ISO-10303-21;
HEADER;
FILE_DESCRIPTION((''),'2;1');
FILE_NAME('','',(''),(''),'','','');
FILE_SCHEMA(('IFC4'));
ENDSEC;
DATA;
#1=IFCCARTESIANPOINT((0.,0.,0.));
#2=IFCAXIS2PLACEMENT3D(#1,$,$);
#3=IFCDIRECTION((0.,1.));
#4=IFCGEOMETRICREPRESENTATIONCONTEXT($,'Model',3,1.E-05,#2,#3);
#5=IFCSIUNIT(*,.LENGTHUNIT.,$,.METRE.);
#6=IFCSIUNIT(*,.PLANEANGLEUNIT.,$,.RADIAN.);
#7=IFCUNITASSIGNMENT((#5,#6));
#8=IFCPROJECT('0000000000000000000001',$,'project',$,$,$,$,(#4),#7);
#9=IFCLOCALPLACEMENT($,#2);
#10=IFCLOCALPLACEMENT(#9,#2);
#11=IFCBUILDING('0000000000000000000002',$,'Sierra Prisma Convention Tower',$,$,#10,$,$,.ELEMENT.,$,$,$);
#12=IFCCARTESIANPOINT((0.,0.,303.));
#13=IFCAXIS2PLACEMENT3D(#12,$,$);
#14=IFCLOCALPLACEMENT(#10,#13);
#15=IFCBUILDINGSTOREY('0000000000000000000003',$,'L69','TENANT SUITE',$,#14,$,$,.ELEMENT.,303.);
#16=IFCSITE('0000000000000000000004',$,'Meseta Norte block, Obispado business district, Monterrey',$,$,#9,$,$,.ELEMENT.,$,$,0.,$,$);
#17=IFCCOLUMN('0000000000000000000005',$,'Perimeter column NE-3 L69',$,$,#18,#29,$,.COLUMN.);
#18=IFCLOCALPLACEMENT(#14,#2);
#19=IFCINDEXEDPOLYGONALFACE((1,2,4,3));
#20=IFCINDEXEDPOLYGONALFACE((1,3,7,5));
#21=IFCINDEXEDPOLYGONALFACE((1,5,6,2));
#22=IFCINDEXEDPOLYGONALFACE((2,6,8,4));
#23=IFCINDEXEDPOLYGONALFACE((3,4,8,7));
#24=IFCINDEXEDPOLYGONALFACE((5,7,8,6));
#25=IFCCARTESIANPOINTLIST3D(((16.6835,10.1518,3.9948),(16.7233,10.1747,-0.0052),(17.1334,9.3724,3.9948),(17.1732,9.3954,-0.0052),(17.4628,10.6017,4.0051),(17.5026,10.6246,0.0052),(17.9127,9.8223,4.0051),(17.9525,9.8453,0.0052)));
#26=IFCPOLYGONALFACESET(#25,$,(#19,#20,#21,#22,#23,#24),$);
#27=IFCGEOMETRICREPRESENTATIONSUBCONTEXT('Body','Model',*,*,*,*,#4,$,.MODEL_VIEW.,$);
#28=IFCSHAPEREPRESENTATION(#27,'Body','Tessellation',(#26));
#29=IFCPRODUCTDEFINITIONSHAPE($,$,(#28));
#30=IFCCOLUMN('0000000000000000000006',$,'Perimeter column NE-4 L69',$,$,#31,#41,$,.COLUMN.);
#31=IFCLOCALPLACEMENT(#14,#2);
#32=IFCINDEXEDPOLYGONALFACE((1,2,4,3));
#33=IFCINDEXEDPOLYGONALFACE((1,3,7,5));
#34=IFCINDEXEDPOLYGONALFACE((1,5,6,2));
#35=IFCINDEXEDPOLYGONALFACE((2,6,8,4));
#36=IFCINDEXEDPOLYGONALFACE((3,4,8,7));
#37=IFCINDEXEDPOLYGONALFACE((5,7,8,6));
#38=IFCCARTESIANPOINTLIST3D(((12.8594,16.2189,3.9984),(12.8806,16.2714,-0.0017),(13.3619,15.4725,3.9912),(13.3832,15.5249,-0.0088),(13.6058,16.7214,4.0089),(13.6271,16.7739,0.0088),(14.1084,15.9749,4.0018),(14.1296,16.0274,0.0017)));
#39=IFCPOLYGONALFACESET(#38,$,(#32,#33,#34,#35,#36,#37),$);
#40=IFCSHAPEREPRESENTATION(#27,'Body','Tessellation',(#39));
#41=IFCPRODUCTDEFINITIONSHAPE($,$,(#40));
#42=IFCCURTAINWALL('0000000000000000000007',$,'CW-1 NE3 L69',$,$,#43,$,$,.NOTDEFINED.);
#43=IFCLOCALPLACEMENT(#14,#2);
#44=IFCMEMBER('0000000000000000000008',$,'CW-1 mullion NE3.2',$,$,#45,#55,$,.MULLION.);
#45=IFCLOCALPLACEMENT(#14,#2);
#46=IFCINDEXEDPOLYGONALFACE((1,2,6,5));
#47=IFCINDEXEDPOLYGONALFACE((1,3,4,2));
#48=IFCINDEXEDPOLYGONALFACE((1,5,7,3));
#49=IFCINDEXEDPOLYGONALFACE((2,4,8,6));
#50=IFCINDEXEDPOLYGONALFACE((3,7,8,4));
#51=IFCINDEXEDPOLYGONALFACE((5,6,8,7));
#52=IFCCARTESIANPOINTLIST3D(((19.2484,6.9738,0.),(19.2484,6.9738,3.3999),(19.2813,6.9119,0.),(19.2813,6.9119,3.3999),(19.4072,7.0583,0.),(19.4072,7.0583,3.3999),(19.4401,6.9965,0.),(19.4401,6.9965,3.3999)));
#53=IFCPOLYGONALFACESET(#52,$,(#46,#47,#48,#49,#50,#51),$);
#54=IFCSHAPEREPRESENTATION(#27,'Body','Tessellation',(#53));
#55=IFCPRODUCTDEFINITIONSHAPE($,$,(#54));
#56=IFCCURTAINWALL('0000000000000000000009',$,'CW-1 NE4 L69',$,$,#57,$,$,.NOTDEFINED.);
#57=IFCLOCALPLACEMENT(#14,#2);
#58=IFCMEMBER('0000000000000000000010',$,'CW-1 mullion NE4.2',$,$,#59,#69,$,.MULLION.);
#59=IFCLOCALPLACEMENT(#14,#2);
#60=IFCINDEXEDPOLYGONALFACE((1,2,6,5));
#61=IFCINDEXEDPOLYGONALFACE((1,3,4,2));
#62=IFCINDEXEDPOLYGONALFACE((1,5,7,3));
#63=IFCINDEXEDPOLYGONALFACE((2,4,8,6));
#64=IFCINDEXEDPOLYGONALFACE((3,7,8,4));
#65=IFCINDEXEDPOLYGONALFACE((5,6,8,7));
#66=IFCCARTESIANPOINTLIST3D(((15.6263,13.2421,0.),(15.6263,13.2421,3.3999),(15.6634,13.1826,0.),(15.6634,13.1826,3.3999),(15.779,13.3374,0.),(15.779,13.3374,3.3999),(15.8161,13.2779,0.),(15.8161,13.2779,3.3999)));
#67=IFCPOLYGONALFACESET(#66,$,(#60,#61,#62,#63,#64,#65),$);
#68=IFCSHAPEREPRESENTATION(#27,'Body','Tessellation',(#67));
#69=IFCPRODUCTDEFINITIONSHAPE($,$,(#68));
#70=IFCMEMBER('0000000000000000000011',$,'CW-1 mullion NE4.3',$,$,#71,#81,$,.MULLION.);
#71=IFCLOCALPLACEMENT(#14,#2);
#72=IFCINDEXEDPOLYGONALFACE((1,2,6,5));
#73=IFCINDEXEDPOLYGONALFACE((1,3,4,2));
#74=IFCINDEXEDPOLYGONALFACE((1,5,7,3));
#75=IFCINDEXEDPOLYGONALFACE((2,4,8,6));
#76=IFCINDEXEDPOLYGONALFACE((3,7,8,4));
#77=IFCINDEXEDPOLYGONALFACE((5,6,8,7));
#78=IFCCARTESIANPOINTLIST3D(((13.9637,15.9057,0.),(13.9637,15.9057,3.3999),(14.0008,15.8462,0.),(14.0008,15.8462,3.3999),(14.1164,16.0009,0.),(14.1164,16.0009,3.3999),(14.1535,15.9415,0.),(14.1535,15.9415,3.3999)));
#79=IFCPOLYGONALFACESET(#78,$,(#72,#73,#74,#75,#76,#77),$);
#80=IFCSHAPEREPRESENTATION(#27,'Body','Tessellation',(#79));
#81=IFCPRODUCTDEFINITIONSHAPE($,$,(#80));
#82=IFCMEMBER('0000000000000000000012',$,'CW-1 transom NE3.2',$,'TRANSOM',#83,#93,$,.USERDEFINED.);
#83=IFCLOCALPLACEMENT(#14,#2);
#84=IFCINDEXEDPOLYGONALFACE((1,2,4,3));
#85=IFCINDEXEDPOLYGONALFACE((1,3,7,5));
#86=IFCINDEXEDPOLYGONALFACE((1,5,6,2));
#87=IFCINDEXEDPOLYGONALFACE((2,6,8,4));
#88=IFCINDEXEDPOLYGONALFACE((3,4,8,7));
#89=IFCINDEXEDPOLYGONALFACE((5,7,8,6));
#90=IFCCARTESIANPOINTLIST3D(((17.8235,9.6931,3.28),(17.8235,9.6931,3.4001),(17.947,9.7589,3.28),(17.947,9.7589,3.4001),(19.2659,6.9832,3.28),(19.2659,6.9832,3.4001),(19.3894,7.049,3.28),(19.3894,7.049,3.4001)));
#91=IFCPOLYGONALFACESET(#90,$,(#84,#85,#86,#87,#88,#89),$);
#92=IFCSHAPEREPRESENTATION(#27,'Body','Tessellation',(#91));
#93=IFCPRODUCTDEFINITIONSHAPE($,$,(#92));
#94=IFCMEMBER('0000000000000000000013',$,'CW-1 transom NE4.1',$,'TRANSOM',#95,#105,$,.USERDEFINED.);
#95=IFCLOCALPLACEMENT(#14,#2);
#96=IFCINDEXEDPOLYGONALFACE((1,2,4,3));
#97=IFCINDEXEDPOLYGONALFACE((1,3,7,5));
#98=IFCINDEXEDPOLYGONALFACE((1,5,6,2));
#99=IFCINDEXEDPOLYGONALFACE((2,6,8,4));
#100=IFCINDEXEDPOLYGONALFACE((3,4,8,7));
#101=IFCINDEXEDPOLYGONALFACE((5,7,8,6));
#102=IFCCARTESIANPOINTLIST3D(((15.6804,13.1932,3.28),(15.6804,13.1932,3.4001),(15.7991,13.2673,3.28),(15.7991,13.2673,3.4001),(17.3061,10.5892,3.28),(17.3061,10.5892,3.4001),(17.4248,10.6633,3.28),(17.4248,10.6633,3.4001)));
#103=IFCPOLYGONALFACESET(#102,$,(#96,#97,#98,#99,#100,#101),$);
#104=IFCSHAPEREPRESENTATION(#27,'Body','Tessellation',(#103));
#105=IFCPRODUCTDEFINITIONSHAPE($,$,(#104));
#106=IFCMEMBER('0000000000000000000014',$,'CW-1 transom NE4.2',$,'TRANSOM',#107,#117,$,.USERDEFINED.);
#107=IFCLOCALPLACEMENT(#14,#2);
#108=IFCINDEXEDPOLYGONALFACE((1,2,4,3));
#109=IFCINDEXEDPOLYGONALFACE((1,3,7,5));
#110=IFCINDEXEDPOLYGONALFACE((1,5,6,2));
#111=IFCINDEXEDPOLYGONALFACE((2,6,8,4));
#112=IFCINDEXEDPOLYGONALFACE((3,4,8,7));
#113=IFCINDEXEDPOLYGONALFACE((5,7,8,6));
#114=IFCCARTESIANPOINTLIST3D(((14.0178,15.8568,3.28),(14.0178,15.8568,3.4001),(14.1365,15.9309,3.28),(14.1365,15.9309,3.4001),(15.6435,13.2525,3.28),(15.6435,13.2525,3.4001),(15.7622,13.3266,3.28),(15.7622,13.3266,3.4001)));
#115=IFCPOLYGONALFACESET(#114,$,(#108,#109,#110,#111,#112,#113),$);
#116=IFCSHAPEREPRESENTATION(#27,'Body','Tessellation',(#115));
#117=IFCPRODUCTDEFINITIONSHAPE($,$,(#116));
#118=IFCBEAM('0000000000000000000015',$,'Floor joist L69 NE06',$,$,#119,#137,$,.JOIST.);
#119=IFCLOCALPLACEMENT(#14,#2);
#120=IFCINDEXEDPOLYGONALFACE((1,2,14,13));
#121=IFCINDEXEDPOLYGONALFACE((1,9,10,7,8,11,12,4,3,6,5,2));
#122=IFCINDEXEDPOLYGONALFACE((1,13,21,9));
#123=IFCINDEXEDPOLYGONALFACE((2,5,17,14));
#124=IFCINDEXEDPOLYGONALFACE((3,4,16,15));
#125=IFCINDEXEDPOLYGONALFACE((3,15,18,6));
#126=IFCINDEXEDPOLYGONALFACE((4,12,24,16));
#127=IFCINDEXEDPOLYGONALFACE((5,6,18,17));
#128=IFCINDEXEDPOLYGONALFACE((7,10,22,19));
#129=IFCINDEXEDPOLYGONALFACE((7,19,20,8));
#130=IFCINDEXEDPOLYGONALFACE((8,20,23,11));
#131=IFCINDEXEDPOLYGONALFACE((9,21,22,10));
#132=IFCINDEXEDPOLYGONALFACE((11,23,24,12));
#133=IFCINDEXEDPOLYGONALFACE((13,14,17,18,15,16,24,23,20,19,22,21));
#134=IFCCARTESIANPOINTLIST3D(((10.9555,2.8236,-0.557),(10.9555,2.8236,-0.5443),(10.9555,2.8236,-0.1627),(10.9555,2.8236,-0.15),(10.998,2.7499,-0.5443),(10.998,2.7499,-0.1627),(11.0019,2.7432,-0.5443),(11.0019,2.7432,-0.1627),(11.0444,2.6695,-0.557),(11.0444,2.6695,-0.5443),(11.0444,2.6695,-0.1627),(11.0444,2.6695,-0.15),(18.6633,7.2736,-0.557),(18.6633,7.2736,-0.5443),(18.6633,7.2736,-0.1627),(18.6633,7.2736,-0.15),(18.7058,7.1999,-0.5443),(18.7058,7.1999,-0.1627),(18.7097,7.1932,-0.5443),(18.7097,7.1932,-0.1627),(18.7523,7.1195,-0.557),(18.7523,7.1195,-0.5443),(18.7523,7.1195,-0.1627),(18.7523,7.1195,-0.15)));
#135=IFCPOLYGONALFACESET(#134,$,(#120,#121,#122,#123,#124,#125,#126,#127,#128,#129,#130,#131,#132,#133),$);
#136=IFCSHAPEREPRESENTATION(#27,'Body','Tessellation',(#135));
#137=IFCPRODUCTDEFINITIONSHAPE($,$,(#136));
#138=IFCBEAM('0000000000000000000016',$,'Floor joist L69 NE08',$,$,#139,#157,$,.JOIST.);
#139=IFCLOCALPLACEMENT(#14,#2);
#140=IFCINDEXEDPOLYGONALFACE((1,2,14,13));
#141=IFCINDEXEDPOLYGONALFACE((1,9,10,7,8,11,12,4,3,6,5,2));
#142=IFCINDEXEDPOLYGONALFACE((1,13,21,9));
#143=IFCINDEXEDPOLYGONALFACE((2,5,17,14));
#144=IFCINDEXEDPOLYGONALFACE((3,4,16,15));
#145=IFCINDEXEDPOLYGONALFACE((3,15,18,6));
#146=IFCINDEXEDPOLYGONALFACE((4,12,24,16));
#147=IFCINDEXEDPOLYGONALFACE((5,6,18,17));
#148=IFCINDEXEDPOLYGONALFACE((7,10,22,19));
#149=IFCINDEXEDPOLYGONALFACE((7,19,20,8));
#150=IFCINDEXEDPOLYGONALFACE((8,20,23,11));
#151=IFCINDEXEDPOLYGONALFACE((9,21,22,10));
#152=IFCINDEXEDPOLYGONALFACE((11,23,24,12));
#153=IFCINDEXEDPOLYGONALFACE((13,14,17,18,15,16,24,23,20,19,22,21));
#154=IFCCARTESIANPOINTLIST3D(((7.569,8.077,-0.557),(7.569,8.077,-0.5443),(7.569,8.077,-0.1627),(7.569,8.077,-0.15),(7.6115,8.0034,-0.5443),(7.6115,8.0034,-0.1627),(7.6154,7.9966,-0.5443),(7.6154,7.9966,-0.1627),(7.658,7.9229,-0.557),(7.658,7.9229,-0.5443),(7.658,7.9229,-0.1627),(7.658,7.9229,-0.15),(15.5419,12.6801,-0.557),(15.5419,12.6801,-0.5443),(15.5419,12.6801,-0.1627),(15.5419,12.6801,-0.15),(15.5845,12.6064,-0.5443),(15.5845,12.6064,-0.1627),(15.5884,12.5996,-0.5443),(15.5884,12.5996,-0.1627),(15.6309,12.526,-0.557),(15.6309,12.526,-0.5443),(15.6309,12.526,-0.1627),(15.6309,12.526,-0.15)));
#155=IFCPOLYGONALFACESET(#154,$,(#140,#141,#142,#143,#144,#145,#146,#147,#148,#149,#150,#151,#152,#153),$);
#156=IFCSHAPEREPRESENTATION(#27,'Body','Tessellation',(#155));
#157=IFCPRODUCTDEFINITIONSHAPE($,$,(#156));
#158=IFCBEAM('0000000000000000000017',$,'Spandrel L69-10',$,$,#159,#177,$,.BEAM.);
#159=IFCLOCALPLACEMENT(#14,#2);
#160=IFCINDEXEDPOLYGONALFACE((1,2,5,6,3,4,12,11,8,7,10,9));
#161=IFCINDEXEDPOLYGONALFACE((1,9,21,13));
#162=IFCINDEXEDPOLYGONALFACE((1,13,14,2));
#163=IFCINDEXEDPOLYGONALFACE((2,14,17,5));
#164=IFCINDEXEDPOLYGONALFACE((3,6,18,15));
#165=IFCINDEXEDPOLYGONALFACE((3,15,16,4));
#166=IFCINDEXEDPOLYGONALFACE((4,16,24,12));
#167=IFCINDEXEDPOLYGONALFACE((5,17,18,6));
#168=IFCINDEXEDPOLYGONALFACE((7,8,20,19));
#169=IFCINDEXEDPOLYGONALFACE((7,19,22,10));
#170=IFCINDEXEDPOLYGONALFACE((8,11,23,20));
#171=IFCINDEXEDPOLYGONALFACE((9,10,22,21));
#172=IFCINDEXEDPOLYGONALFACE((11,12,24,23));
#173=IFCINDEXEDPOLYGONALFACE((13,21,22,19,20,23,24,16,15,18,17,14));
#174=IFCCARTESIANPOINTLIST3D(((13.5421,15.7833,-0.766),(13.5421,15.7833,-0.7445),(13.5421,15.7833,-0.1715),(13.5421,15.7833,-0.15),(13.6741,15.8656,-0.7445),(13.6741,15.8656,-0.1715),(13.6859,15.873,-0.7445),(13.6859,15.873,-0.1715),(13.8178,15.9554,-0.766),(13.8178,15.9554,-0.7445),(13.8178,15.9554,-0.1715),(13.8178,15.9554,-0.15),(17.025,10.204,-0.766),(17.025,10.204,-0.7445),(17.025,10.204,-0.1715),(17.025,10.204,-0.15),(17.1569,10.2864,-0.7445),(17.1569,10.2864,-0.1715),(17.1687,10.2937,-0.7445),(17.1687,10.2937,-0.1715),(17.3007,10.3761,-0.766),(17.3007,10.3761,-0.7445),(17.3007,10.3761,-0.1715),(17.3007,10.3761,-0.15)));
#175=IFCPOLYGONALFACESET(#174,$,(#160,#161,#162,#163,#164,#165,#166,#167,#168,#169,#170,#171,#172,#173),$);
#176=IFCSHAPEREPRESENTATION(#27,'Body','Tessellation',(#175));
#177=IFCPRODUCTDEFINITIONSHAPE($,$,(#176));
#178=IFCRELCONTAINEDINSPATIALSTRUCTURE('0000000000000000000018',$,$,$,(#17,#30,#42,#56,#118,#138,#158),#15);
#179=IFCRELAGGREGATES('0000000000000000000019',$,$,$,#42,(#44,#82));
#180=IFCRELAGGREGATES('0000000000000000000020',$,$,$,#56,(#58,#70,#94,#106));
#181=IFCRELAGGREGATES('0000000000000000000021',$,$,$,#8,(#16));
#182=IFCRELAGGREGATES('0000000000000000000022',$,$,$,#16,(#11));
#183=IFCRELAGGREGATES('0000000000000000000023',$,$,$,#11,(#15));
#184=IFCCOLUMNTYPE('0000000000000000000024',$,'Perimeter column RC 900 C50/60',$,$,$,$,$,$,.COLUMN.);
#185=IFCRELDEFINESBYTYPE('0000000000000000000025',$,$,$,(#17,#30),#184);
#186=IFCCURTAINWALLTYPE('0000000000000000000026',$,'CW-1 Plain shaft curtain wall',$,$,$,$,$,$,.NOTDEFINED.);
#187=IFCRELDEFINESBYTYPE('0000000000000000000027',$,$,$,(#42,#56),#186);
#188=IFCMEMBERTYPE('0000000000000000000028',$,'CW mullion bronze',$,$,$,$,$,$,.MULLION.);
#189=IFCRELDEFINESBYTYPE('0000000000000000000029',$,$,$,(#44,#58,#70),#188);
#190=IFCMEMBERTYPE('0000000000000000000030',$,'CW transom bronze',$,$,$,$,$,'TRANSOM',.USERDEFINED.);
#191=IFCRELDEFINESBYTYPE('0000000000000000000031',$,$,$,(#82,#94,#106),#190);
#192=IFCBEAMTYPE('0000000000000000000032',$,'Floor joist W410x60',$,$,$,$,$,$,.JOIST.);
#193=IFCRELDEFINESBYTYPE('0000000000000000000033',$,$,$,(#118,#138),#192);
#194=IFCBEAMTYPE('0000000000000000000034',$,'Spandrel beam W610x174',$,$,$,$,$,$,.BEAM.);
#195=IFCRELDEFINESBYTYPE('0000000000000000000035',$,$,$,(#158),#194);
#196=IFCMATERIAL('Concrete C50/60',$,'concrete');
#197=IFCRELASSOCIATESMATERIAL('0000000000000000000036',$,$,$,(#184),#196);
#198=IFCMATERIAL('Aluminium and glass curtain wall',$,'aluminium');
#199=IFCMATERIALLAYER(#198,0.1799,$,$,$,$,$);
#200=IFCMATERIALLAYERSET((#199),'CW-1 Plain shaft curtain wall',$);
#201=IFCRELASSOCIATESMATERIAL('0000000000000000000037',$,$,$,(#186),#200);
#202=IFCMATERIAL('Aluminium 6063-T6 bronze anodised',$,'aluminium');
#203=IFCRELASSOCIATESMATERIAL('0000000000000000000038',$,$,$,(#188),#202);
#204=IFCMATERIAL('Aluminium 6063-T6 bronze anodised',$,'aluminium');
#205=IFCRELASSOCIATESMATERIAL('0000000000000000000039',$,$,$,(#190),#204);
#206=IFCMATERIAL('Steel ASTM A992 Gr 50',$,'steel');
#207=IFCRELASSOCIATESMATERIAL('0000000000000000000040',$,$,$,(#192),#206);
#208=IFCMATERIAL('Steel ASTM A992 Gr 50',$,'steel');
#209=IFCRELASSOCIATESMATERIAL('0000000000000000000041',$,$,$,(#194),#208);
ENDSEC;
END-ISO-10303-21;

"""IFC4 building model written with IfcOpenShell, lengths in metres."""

from ifc_helpers import new_model, si_unit, direction, frame, origin, origin_2d, place, context, subcontext, project, spatial, rectangle, i_section, extrude, material, layer, layer_set, material_profile, profile_set, type_object, element, aggregate, save


model = new_model("IFC4")

# Units and contexts
model_context = context("Model", 3, precision=1e-05, world=origin(), true_north=direction((0.0, 1.0)))
body_context = subcontext(model_context, "Body", "Model", "MODEL_VIEW")
ifc_project = project(units=[si_unit("LENGTHUNIT", "METRE"), si_unit("PLANEANGLEUNIT", "RADIAN")], contexts=[model_context])

# Site, building, storey
site_placement = place(None, origin())
site = spatial("IfcSite", under=ifc_project, at=site_placement, Name="Meseta Norte block, Obispado business district, Monterrey", CompositionType="ELEMENT", RefElevation=0.0)
building_placement = place(site_placement, origin())
building = spatial("IfcBuilding", under=site, at=building_placement, Name="Sierra Prisma Convention Tower", CompositionType="ELEMENT")
storey_placement = place(building_placement, frame((0.0, 0.0, 303.0)))
storey = spatial("IfcBuildingStorey", under=building, at=storey_placement, Name="L69", Description="TENANT SUITE", CompositionType="ELEMENT", Elevation=303.0)

# Columns
ifc_material_1 = material(Name="Concrete C50/60", Category="concrete")
ifc_material_profile_1 = material_profile(ifc_material_1, rectangle(XDim=0.8999, YDim=0.8999, at=origin_2d()), Name="Perimeter column RC 900 C50/60")
ifc_profile_set_1 = profile_set([ifc_material_profile_1], Name="Concrete C50/60")
column_type = type_object("IfcColumnType", Name="Perimeter column RC 900 C50/60", PredefinedType="COLUMN", material=ifc_profile_set_1)
column_1_placement = place(storey_placement, frame((17.3379, 10.01, 0.0), z_axis=(-0.009948, -0.005737, 0.999934), x_axis=(-0.499975, 0.86604, -0.000005)))
element("IfcColumn", 1, at=column_1_placement, inside=storey, type_object=column_type, Name="Perimeter column NE-3 L69", PredefinedType="COLUMN", context=body_context, shape_type="SweptSolid", body=[
    extrude(rectangle(XDim=0.8999, YDim=0.8999, at=origin_2d()), origin(), (0.0, 0.0, 1.0), 4.0002),
])
column_2_placement = place(storey_placement, frame((13.5051, 16.1494, 0.0), z_axis=(-0.00531, -0.013121, 0.9999), x_axis=(-0.558473, 0.829485, 0.007919)))
element("IfcColumn", 2, at=column_2_placement, inside=storey, type_object=column_type, Name="Perimeter column NE-4 L69", PredefinedType="COLUMN", context=body_context, shape_type="SweptSolid", body=[
    extrude(rectangle(XDim=0.8999, YDim=0.8999, at=origin_2d()), origin(), (0.0, 0.0, 1.0), 4.0005),
])

# Curtain wall, member
ifc_material_2 = material(Name="Aluminium and glass curtain wall", Category="aluminium")
ifc_layer_1 = layer(ifc_material_2, 0.1799)
ifc_layer_set_1 = layer_set([ifc_layer_1], Name="CW-1 Plain shaft curtain wall")
curtain_wall_type = type_object("IfcCurtainWallType", Name="CW-1 Plain shaft curtain wall", PredefinedType="NOTDEFINED", material=ifc_layer_set_1)
curtain_wall_1_placement = place(storey_placement, origin())
curtain_wall_1 = element("IfcCurtainWall", 3, at=curtain_wall_1_placement, inside=storey, type_object=curtain_wall_type, Name="CW-1 NE3 L69", PredefinedType="NOTDEFINED")
ifc_material_3 = material(Name="Aluminium 6063-T6 bronze anodised", Category="aluminium")
ifc_material_profile_2 = material_profile(ifc_material_3, rectangle(XDim=0.1799, YDim=0.0701, at=origin_2d()), Name="ALU MULLION 70x180")
ifc_profile_set_2 = profile_set([ifc_material_profile_2], Name="Aluminium 6063-T6 bronze anodised")
member_type_1 = type_object("IfcMemberType", Name="CW mullion bronze", PredefinedType="MULLION", material=ifc_profile_set_2)
member_1_placement = place(storey_placement, frame((19.3442, 6.9851, 0.0), z_axis=(0.0, 0.0, 1.0), x_axis=(-0.882746, -0.469851, 0.0)))
member_1 = element("IfcMember", 4, at=member_1_placement, type_object=member_type_1, Name="CW-1 mullion NE3.2", PredefinedType="MULLION", context=body_context, shape_type="SweptSolid", body=[
    extrude(rectangle(XDim=0.1799, YDim=0.0701, at=origin_2d()), origin(), (0.0, 0.0, 1.0), 3.3999),
])

# Curtain wall, members
curtain_wall_2_placement = place(storey_placement, origin())
curtain_wall_2 = element("IfcCurtainWall", 5, at=curtain_wall_2_placement, inside=storey, type_object=curtain_wall_type, Name="CW-1 NE4 L69", PredefinedType="NOTDEFINED")
member_2_placement = place(storey_placement, frame((15.7212, 13.26, 0.0), z_axis=(0.0, 0.0, 1.0), x_axis=(-0.848276, -0.529555, 0.0)))
member_2 = element("IfcMember", 6, at=member_2_placement, type_object=member_type_1, Name="CW-1 mullion NE4.2", PredefinedType="MULLION", context=body_context, shape_type="SweptSolid", body=[
    extrude(rectangle(XDim=0.1799, YDim=0.0701, at=origin_2d()), origin(), (0.0, 0.0, 1.0), 3.3999),
])
member_3_placement = place(storey_placement, frame((14.0586, 15.9236, 0.0), z_axis=(0.0, 0.0, 1.0), x_axis=(-0.848276, -0.529555, 0.0)))
member_3 = element("IfcMember", 7, at=member_3_placement, type_object=member_type_1, Name="CW-1 mullion NE4.3", PredefinedType="MULLION", context=body_context, shape_type="SweptSolid", body=[
    extrude(rectangle(XDim=0.1799, YDim=0.0701, at=origin_2d()), origin(), (0.0, 0.0, 1.0), 3.3999),
])

# Members
ifc_material_4 = material(Name="Aluminium 6063-T6 bronze anodised", Category="aluminium")
ifc_material_profile_3 = material_profile(ifc_material_4, rectangle(XDim=0.1399, YDim=0.1201, at=origin_2d()), Name="ALU TRANSOM 120x140")
ifc_profile_set_3 = profile_set([ifc_material_profile_3], Name="Aluminium 6063-T6 bronze anodised")
member_type_2 = type_object("IfcMemberType", Name="CW transom bronze", ElementType="TRANSOM", PredefinedType="USERDEFINED", material=ifc_profile_set_3)
member_4_placement = place(storey_placement, frame((19.3276, 7.0161, 3.3401), z_axis=(-0.469845, 0.882749, 0.0), x_axis=(-0.882749, -0.469845, 0.0)))
member_4 = element("IfcMember", 8, at=member_4_placement, type_object=member_type_2, Name="CW-1 transom NE3.2", ObjectType="TRANSOM", PredefinedType="USERDEFINED", context=body_context, shape_type="SweptSolid", body=[
    extrude(rectangle(XDim=0.1399, YDim=0.1201, at=origin_2d()), origin(), (0.0, 0.0, 1.0), 3.0698),
])
member_5_placement = place(storey_placement, frame((17.3655, 10.6262, 3.3401), z_axis=(-0.529584, 0.848257, 0.0), x_axis=(-0.848257, -0.529584, 0.0)))
member_5 = element("IfcMember", 9, at=member_5_placement, type_object=member_type_2, Name="CW-1 transom NE4.1", ObjectType="TRANSOM", PredefinedType="USERDEFINED", context=body_context, shape_type="SweptSolid", body=[
    extrude(rectangle(XDim=0.1399, YDim=0.1201, at=origin_2d()), origin(), (0.0, 0.0, 1.0), 3.0698),
])
member_6_placement = place(storey_placement, frame((15.7029, 13.2896, 3.3401), z_axis=(-0.529549, 0.84828, 0.0), x_axis=(-0.84828, -0.529549, 0.0)))
member_6 = element("IfcMember", 10, at=member_6_placement, type_object=member_type_2, Name="CW-1 transom NE4.2", ObjectType="TRANSOM", PredefinedType="USERDEFINED", context=body_context, shape_type="SweptSolid", body=[
    extrude(rectangle(XDim=0.1399, YDim=0.1201, at=origin_2d()), origin(), (0.0, 0.0, 1.0), 3.0701),
])

# Beams
ifc_material_5 = material(Name="Steel ASTM A992 Gr 50", Category="steel")
ifc_material_profile_4 = material_profile(ifc_material_5, i_section(OverallWidth=0.178, OverallDepth=0.407, WebThickness=0.0078, FlangeThickness=0.0127, at=origin_2d()), Name="W410x60")
ifc_profile_set_4 = profile_set([ifc_material_profile_4], Name="Steel ASTM A992 Gr 50")
beam_type_1 = type_object("IfcBeamType", Name="Floor joist W410x60", PredefinedType="JOIST", material=ifc_profile_set_4)
beam_1_placement = place(storey_placement, frame((18.7078, 7.1965, -0.3535), z_axis=(-0.866032, -0.499989, 0.0), x_axis=(0.499989, -0.866032, 0.0)))
element("IfcBeam", 11, at=beam_1_placement, inside=storey, type_object=beam_type_1, Name="Floor joist L69 NE06", PredefinedType="JOIST", context=body_context, shape_type="SweptSolid", body=[
    extrude(i_section(OverallWidth=0.178, OverallDepth=0.407, WebThickness=0.0078, FlangeThickness=0.0127, at=origin_2d()), origin(), (0.0, 0.0, 1.0), 8.9001),
])
beam_2_placement = place(storey_placement, frame((15.5864, 12.603, -0.3535), z_axis=(-0.866031, -0.49999, 0.0), x_axis=(0.49999, -0.866031, 0.0)))
element("IfcBeam", 12, at=beam_2_placement, inside=storey, type_object=beam_type_1, Name="Floor joist L69 NE08", PredefinedType="JOIST", context=body_context, shape_type="SweptSolid", body=[
    extrude(i_section(OverallWidth=0.178, OverallDepth=0.407, WebThickness=0.0078, FlangeThickness=0.0127, at=origin_2d()), origin(), (0.0, 0.0, 1.0), 9.2063),
])
ifc_material_6 = material(Name="Steel ASTM A992 Gr 50", Category="steel")
ifc_material_profile_5 = material_profile(ifc_material_6, i_section(OverallWidth=0.325, OverallDepth=0.616, WebThickness=0.0139, FlangeThickness=0.0215, at=origin_2d()), Name="W610x174")
ifc_profile_set_5 = profile_set([ifc_material_profile_5], Name="Steel ASTM A992 Gr 50")
beam_type_2 = type_object("IfcBeamType", Name="Spandrel beam W610x174", PredefinedType="BEAM", material=ifc_profile_set_5)
beam_3_placement = place(storey_placement, frame((17.1628, 10.29, -0.458), z_axis=(-0.529542, 0.848284, 0.0), x_axis=(-0.848284, -0.529542, 0.0)))
element("IfcBeam", 13, at=beam_3_placement, inside=storey, type_object=beam_type_2, Name="Spandrel L69-10", PredefinedType="BEAM", context=body_context, shape_type="SweptSolid", body=[
    extrude(i_section(OverallWidth=0.325, OverallDepth=0.616, WebThickness=0.0139, FlangeThickness=0.0215, at=origin_2d()), origin(), (0.0, 0.0, 1.0), 6.5771),
])

aggregate(curtain_wall_1, [member_1, member_4])
aggregate(curtain_wall_2, [member_2, member_3, member_5, member_6])

save(model, "model.ifc")
